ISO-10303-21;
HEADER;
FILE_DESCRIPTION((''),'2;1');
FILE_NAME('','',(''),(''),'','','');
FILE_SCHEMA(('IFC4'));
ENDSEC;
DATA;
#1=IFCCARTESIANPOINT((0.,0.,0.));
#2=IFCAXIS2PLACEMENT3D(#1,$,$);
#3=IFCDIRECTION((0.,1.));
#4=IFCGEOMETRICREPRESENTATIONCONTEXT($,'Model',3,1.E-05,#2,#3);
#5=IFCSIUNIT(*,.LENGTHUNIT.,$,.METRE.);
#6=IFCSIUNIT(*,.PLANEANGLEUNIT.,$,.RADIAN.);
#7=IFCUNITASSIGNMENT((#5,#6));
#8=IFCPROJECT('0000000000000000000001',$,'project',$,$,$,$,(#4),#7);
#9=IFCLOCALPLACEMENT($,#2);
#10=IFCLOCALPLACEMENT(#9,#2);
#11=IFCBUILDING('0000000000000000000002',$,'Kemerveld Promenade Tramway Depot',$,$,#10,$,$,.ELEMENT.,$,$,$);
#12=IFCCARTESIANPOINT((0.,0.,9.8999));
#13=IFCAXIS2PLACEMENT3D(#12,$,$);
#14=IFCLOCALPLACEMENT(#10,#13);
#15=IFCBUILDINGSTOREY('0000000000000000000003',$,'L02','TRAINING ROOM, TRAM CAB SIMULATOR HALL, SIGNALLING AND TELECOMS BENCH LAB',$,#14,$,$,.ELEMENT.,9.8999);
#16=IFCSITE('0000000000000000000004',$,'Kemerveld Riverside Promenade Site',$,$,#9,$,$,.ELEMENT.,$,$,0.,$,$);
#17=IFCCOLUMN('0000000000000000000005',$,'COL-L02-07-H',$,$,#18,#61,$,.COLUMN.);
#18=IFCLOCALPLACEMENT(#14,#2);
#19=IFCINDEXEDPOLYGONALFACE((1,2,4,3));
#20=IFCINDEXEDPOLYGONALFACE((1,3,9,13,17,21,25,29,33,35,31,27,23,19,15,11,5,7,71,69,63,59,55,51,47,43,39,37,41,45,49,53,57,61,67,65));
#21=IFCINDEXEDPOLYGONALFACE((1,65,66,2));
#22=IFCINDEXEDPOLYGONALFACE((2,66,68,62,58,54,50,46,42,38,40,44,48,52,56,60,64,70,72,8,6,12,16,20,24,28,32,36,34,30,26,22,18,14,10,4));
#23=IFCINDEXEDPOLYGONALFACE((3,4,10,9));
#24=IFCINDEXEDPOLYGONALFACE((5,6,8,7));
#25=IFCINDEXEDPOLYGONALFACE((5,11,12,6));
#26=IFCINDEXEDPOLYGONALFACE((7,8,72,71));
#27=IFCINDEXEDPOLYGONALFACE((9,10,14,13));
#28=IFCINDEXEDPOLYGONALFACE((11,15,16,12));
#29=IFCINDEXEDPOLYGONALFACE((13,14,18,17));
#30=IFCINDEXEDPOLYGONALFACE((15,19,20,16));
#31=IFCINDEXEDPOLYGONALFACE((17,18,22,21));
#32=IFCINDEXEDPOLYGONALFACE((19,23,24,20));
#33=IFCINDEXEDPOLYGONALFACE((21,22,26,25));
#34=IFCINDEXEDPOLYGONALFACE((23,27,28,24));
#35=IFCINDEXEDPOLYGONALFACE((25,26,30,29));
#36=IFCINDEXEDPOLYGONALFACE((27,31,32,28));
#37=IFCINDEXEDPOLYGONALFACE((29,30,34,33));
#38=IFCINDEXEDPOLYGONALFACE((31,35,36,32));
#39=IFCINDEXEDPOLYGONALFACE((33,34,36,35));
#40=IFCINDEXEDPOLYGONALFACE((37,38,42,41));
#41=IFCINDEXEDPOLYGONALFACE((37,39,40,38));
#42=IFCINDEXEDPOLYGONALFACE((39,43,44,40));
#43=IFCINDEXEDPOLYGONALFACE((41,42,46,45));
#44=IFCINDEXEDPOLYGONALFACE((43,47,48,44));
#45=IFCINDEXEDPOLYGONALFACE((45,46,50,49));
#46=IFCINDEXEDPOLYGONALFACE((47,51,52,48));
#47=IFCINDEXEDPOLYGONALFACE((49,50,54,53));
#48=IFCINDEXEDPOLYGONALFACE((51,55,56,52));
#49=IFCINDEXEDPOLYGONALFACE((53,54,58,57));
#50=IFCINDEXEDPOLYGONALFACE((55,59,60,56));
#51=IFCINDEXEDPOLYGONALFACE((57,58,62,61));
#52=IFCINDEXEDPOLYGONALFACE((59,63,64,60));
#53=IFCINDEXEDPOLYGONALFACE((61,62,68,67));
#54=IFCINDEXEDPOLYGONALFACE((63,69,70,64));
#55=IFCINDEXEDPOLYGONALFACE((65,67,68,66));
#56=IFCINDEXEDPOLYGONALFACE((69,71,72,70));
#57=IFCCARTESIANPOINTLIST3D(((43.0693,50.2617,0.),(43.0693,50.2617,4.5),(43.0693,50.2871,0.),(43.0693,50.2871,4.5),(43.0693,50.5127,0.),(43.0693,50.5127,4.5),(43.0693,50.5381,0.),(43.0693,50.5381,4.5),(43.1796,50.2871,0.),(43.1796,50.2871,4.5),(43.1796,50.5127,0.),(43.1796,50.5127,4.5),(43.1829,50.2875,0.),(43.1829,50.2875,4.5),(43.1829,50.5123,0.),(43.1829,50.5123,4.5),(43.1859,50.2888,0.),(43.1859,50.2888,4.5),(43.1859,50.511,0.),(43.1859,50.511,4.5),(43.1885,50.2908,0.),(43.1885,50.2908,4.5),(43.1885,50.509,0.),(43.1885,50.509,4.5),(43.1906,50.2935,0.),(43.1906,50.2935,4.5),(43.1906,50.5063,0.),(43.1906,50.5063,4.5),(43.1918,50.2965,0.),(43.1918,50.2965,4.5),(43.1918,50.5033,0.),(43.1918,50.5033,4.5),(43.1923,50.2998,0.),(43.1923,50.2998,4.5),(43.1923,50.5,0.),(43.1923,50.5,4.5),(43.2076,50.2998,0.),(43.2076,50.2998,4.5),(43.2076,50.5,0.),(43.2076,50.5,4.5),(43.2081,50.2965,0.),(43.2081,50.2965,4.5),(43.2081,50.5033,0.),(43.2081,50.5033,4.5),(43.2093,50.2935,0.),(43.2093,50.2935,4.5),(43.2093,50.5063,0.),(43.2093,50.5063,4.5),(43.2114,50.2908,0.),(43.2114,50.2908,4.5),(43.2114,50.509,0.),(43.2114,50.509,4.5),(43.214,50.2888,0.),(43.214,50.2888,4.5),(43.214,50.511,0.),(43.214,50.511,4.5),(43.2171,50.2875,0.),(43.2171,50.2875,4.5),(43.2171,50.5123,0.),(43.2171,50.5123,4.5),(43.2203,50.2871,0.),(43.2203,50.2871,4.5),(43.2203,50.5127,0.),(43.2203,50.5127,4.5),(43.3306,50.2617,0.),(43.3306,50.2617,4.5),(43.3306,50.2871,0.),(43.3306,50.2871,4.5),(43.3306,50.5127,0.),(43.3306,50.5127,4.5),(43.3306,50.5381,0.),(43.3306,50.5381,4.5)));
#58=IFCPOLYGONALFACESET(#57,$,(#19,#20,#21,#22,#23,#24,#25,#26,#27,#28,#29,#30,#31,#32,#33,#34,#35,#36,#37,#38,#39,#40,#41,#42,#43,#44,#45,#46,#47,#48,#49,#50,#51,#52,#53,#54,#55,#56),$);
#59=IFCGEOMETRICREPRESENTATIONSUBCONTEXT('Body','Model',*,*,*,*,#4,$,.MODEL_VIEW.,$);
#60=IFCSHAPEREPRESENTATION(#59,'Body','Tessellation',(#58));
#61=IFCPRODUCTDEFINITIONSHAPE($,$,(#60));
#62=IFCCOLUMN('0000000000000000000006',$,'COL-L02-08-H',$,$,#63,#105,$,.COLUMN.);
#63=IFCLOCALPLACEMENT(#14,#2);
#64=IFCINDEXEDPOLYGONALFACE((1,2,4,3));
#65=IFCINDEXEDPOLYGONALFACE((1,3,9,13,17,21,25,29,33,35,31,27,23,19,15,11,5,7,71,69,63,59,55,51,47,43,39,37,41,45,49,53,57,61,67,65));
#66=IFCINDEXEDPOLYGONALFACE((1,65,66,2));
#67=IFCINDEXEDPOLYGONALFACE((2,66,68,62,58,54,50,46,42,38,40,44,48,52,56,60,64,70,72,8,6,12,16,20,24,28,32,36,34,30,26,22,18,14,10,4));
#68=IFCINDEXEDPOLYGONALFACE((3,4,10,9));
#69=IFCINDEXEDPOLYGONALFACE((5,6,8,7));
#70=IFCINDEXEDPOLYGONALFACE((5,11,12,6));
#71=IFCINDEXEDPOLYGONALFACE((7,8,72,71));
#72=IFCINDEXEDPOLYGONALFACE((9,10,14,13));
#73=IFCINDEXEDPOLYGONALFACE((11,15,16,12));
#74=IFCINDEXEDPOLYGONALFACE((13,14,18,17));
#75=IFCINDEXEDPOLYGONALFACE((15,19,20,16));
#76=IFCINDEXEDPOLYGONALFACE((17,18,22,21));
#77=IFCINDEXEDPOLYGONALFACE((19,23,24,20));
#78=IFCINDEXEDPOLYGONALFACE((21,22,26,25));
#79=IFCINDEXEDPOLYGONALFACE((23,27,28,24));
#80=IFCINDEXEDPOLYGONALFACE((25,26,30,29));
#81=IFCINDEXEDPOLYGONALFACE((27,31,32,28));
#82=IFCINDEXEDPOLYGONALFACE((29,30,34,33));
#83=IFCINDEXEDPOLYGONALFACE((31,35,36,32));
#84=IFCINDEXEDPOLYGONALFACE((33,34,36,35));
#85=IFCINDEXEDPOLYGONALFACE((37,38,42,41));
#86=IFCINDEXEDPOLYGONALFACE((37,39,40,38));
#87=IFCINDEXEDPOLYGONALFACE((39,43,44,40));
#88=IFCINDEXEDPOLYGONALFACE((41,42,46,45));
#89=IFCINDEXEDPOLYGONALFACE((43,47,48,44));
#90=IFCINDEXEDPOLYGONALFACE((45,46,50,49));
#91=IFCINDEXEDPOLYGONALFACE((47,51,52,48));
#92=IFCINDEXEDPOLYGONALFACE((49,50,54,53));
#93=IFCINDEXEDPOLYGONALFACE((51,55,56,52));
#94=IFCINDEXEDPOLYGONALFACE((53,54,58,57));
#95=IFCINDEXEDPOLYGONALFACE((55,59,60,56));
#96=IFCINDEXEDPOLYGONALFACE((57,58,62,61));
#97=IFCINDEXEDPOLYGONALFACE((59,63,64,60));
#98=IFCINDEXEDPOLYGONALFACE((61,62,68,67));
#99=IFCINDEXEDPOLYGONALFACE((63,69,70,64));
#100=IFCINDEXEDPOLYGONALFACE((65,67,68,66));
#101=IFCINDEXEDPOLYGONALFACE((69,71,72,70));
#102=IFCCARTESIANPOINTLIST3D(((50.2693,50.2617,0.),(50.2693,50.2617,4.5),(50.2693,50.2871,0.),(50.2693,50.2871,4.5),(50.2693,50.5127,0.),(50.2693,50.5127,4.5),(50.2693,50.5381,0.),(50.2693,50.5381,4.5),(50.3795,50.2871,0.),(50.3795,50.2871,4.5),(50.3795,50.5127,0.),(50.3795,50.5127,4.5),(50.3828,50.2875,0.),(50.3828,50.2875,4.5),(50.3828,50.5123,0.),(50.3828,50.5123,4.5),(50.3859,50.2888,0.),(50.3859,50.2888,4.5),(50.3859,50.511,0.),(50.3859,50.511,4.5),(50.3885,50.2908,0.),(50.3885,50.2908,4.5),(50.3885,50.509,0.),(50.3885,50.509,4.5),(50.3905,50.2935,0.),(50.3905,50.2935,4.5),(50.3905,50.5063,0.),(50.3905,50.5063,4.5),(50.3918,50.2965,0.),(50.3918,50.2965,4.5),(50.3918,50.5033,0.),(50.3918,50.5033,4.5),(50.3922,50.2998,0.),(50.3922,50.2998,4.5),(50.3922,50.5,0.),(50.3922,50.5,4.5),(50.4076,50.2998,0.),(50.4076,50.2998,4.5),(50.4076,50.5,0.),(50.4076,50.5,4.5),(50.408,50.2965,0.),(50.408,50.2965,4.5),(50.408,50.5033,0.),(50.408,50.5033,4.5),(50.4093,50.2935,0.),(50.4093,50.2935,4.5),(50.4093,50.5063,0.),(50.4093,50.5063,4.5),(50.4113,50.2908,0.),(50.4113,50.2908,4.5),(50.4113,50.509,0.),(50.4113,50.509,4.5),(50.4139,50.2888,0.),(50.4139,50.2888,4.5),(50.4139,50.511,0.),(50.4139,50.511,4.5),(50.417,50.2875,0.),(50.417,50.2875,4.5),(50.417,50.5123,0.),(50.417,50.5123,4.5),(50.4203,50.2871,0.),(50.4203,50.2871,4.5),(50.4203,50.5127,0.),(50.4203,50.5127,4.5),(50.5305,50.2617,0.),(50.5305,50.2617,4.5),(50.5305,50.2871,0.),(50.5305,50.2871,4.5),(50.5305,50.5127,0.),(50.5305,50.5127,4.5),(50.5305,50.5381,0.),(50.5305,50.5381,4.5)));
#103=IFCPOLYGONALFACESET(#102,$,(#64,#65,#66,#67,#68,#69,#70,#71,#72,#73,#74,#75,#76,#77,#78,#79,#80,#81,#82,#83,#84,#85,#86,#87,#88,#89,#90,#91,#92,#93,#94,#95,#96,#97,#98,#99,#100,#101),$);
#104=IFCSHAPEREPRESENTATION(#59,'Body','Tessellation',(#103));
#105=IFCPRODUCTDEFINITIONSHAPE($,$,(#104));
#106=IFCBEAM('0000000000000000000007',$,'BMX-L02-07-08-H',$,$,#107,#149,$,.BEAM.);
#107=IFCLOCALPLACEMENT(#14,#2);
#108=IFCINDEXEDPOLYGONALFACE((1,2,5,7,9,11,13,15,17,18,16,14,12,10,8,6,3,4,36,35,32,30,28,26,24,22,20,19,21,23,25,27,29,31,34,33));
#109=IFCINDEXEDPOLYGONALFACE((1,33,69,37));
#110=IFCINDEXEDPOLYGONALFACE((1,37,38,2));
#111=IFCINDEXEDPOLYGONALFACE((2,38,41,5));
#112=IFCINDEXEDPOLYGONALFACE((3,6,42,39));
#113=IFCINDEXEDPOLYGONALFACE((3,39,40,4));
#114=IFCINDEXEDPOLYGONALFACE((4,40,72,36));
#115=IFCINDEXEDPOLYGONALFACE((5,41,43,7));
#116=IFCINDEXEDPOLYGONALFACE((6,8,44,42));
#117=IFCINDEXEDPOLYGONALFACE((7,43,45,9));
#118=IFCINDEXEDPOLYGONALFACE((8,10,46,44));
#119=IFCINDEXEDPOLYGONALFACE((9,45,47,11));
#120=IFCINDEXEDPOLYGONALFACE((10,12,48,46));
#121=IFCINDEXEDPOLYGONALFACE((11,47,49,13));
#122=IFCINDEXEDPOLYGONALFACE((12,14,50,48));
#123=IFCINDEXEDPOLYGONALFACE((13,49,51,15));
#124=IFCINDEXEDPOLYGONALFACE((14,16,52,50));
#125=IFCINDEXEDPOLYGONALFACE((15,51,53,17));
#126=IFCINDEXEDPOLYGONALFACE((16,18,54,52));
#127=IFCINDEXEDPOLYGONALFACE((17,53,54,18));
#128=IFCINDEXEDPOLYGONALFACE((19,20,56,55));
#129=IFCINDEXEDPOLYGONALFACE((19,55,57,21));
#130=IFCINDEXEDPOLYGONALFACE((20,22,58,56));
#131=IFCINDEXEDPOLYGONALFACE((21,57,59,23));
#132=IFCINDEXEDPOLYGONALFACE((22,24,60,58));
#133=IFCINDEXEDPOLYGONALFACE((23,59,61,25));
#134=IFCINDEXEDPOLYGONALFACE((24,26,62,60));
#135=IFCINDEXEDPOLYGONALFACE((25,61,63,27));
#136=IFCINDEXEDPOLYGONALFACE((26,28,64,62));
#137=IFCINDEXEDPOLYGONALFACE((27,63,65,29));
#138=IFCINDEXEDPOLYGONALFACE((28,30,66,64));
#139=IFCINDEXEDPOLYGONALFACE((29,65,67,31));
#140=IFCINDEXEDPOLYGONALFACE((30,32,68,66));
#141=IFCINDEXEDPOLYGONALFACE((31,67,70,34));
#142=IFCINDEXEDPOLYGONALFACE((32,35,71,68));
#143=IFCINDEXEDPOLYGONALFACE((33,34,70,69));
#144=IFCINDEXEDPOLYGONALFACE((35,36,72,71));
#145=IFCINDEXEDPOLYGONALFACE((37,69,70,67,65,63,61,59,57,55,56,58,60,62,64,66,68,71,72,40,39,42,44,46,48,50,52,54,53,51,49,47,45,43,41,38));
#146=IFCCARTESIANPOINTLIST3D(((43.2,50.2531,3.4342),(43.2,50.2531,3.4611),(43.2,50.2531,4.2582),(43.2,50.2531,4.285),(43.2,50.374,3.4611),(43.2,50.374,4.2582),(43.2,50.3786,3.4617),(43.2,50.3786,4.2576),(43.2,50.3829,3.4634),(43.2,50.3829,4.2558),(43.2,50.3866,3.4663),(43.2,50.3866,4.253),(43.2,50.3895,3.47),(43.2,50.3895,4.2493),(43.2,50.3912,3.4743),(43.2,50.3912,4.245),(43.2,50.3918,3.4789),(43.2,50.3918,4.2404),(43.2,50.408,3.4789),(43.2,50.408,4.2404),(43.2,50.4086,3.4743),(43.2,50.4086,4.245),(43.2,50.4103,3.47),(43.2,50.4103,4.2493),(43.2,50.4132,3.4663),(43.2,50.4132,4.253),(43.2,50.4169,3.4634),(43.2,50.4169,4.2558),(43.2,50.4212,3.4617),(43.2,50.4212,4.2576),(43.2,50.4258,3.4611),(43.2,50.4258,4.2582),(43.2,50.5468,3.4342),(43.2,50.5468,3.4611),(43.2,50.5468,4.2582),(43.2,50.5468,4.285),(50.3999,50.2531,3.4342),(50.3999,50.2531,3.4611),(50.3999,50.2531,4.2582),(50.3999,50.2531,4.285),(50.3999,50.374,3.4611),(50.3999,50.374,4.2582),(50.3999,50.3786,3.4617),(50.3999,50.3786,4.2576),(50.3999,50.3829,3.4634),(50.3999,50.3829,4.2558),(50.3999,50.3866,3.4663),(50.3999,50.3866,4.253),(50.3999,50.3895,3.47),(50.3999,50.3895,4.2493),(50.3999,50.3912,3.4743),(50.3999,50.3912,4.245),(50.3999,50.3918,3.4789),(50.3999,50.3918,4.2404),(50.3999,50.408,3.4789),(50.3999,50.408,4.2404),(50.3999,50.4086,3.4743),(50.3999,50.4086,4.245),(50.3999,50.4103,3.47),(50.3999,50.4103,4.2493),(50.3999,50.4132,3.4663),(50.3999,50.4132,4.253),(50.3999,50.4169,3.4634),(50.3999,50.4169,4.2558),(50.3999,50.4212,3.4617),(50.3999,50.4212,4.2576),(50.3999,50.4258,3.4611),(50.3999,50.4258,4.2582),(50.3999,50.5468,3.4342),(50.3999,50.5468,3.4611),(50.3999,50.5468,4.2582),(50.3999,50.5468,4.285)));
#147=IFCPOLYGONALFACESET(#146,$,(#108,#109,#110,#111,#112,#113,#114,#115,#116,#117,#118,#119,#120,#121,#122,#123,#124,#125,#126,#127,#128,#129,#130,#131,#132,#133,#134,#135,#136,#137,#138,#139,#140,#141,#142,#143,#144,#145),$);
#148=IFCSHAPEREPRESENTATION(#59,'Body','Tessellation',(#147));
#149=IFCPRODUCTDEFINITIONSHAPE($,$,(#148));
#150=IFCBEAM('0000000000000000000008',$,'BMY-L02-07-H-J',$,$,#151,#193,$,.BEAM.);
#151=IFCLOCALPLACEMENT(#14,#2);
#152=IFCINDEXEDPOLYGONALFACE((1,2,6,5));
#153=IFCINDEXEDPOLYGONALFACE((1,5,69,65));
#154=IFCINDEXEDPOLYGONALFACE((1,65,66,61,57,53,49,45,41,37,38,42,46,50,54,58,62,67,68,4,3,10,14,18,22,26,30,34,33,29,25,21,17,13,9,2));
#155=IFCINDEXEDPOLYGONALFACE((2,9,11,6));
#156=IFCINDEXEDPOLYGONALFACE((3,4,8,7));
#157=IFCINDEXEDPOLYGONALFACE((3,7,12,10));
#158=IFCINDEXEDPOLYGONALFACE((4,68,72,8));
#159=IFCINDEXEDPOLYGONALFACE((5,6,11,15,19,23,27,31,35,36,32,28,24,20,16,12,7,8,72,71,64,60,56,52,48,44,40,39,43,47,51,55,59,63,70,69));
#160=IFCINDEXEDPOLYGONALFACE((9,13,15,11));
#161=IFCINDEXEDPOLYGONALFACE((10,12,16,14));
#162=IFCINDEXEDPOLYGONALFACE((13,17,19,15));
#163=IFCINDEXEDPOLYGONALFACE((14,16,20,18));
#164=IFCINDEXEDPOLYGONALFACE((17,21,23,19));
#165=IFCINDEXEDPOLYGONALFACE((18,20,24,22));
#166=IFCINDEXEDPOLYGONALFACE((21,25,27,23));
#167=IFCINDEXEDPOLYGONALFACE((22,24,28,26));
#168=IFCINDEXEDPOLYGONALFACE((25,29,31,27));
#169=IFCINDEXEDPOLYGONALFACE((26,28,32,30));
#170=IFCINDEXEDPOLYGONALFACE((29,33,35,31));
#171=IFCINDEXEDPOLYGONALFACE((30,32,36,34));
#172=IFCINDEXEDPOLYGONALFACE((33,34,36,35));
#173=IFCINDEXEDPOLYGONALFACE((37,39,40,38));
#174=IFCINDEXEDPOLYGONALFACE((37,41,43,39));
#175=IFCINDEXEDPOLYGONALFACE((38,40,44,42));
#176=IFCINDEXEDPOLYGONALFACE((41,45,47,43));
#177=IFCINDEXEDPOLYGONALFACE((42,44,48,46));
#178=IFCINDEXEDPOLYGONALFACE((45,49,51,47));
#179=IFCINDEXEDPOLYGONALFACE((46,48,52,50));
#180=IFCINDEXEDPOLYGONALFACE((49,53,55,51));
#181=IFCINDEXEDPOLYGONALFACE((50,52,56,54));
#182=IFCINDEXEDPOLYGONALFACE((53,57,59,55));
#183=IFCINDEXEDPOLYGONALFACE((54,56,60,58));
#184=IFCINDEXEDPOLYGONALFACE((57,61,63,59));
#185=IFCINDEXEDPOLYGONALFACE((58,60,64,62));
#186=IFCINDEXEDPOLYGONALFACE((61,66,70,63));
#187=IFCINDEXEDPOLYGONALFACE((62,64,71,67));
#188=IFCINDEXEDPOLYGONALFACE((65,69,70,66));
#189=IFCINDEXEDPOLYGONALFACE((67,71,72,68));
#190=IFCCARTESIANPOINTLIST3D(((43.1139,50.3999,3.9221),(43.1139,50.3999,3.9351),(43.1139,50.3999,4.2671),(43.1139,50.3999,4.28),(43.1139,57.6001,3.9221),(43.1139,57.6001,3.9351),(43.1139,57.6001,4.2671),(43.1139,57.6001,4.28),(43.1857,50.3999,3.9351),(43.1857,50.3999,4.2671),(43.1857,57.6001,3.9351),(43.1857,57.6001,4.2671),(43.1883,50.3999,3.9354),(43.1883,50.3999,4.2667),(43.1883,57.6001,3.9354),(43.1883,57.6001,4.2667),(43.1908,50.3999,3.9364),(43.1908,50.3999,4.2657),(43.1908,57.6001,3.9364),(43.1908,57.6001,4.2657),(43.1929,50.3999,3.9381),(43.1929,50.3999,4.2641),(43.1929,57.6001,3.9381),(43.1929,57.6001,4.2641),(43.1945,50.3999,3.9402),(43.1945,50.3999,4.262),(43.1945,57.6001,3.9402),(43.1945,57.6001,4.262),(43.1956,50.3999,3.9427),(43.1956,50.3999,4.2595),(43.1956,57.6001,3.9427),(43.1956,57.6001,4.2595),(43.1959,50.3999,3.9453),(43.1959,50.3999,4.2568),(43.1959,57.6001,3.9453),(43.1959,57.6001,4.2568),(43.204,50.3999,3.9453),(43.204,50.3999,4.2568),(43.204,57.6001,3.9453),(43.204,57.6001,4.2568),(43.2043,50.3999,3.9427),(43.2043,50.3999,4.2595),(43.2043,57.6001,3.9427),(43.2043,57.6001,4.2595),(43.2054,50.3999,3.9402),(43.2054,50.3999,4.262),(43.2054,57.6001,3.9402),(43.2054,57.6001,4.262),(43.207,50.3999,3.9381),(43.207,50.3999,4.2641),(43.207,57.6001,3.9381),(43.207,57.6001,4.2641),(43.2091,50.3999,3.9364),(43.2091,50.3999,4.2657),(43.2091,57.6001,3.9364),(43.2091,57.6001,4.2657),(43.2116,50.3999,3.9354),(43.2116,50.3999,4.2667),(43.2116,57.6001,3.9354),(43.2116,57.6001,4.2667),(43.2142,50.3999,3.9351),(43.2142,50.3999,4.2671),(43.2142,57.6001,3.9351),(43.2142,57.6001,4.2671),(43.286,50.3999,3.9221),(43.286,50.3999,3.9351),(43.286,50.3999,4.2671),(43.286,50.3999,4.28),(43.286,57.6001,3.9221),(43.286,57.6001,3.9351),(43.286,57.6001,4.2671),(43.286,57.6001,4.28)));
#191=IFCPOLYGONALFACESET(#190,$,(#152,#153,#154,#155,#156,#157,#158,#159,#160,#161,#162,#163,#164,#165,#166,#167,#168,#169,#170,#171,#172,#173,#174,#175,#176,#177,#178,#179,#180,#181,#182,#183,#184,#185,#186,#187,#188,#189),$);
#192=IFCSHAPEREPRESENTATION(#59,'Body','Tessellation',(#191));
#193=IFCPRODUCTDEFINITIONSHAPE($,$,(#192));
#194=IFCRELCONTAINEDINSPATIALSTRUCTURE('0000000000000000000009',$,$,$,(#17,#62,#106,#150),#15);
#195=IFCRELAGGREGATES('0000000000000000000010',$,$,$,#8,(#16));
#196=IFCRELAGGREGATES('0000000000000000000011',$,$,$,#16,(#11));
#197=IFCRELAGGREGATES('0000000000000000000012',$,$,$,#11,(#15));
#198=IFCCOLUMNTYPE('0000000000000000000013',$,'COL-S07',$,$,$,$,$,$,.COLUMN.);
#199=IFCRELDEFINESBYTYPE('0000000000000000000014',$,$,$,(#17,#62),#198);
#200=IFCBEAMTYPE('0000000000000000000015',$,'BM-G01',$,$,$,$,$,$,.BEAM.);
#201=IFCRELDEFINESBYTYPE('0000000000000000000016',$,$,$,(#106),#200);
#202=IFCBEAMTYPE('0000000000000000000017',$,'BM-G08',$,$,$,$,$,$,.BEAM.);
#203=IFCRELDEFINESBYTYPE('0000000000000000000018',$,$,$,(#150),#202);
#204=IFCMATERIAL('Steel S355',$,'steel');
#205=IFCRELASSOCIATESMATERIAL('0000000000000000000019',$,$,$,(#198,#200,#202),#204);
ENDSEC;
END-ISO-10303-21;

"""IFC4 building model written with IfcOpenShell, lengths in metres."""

from ifc_helpers import new_model, si_unit, direction, frame, origin, origin_2d, place, context, subcontext, project, spatial, i_section, extrude, material, material_profile, profile_set, type_object, element, save


model = new_model("IFC4")

# Units and contexts
model_context = context("Model", 3, precision=1e-05, world=origin(), true_north=direction((0.0, 1.0)))
body_context = subcontext(model_context, "Body", "Model", "MODEL_VIEW")
ifc_project = project(units=[si_unit("LENGTHUNIT", "METRE"), si_unit("PLANEANGLEUNIT", "RADIAN")], contexts=[model_context])

# Site, building, storey
site_placement = place(None, origin())
site = spatial("IfcSite", under=ifc_project, at=site_placement, Name="Kemerveld Riverside Promenade Site", CompositionType="ELEMENT", RefElevation=0.0)
building_placement = place(site_placement, origin())
building = spatial("IfcBuilding", under=site, at=building_placement, Name="Kemerveld Promenade Tramway Depot", CompositionType="ELEMENT")
storey_placement = place(building_placement, frame((0.0, 0.0, 9.8999)))
storey = spatial("IfcBuildingStorey", under=building, at=storey_placement, Name="L02", Description="TRAINING ROOM, TRAM CAB SIMULATOR HALL, SIGNALLING AND TELECOMS BENCH LAB", CompositionType="ELEMENT", Elevation=9.8999)

# Columns
ifc_material_1 = material(Name="Steel S355", Category="steel")
ifc_material_profile_1 = material_profile(ifc_material_1, i_section(OverallWidth=0.2612, OverallDepth=0.2764, WebThickness=0.0154, FlangeThickness=0.0254, FilletRadius=0.0127, at=origin_2d()), Name="254x254x132 UC")
ifc_profile_set_1 = profile_set([ifc_material_profile_1], Name="Steel S355")
column_type = type_object("IfcColumnType", Name="COL-S07", PredefinedType="COLUMN", material=ifc_profile_set_1)
for number, where, z_axis, x_axis, name in (
    (1, (43.2, 50.3999, 0.0), (0.0, 0.0, 1.0), (1.0, 0.0, 0.0), "COL-L02-07-H"),
    (2, (50.3999, 50.3999, 0.0), (0.0, 0.0, 1.0), (1.0, 0.0, 0.0), "COL-L02-08-H"),
):
    element("IfcColumn", number, at=place(storey_placement, frame(where, z_axis=z_axis, x_axis=x_axis)), inside=storey, type_object=column_type, Name=name, PredefinedType="COLUMN", context=body_context, shape_type="SweptSolid", body=[
        extrude(i_section(OverallWidth=0.2612, OverallDepth=0.2764, WebThickness=0.0154, FlangeThickness=0.0254, FilletRadius=0.0127, at=origin_2d()), origin(), (0.0, 0.0, 1.0), 4.5),
    ])

# Beams
ifc_material_profile_2 = material_profile(ifc_material_1, i_section(OverallWidth=0.2937, OverallDepth=0.8508, WebThickness=0.0161, FlangeThickness=0.0269, FilletRadius=0.0178, at=origin_2d()), Name="838x292x226 UB")
ifc_profile_set_2 = profile_set([ifc_material_profile_2], Name="Steel S355")
beam_type_1 = type_object("IfcBeamType", Name="BM-G01", PredefinedType="BEAM", material=ifc_profile_set_2)
beam_1_placement = place(storey_placement, frame((43.2, 50.3999, 3.8596), z_axis=(1.0, 0.0, 0.0), x_axis=(0.0, 1.0, 0.0)))
element("IfcBeam", 3, at=beam_1_placement, inside=storey, type_object=beam_type_1, Name="BMX-L02-07-08-H", PredefinedType="BEAM", context=body_context, shape_type="SweptSolid", body=[
    extrude(i_section(OverallWidth=0.2937, OverallDepth=0.8508, WebThickness=0.0161, FlangeThickness=0.0269, FilletRadius=0.0178, at=origin_2d()), origin(), (0.0, 0.0, 1.0), 7.2),
])
ifc_material_profile_3 = material_profile(ifc_material_1, i_section(OverallWidth=0.1721, OverallDepth=0.3579, WebThickness=0.0081, FlangeThickness=0.0129, FilletRadius=0.0103, at=origin_2d()), Name="356x171x57 UB")
ifc_profile_set_3 = profile_set([ifc_material_profile_3], Name="Steel S355")
beam_type_2 = type_object("IfcBeamType", Name="BM-G08", PredefinedType="BEAM", material=ifc_profile_set_3)
beam_2_placement = place(storey_placement, frame((43.2, 50.3999, 4.1011), z_axis=(0.0, 1.0, 0.0), x_axis=(-1.0, 0.0, 0.0)))
element("IfcBeam", 4, at=beam_2_placement, inside=storey, type_object=beam_type_2, Name="BMY-L02-07-H-J", PredefinedType="BEAM", context=body_context, shape_type="SweptSolid", body=[
    extrude(i_section(OverallWidth=0.1721, OverallDepth=0.3579, WebThickness=0.0081, FlangeThickness=0.0129, FilletRadius=0.0103, at=origin_2d()), origin(), (0.0, 0.0, 1.0), 7.2002),
])

save(model, "model.ifc")
